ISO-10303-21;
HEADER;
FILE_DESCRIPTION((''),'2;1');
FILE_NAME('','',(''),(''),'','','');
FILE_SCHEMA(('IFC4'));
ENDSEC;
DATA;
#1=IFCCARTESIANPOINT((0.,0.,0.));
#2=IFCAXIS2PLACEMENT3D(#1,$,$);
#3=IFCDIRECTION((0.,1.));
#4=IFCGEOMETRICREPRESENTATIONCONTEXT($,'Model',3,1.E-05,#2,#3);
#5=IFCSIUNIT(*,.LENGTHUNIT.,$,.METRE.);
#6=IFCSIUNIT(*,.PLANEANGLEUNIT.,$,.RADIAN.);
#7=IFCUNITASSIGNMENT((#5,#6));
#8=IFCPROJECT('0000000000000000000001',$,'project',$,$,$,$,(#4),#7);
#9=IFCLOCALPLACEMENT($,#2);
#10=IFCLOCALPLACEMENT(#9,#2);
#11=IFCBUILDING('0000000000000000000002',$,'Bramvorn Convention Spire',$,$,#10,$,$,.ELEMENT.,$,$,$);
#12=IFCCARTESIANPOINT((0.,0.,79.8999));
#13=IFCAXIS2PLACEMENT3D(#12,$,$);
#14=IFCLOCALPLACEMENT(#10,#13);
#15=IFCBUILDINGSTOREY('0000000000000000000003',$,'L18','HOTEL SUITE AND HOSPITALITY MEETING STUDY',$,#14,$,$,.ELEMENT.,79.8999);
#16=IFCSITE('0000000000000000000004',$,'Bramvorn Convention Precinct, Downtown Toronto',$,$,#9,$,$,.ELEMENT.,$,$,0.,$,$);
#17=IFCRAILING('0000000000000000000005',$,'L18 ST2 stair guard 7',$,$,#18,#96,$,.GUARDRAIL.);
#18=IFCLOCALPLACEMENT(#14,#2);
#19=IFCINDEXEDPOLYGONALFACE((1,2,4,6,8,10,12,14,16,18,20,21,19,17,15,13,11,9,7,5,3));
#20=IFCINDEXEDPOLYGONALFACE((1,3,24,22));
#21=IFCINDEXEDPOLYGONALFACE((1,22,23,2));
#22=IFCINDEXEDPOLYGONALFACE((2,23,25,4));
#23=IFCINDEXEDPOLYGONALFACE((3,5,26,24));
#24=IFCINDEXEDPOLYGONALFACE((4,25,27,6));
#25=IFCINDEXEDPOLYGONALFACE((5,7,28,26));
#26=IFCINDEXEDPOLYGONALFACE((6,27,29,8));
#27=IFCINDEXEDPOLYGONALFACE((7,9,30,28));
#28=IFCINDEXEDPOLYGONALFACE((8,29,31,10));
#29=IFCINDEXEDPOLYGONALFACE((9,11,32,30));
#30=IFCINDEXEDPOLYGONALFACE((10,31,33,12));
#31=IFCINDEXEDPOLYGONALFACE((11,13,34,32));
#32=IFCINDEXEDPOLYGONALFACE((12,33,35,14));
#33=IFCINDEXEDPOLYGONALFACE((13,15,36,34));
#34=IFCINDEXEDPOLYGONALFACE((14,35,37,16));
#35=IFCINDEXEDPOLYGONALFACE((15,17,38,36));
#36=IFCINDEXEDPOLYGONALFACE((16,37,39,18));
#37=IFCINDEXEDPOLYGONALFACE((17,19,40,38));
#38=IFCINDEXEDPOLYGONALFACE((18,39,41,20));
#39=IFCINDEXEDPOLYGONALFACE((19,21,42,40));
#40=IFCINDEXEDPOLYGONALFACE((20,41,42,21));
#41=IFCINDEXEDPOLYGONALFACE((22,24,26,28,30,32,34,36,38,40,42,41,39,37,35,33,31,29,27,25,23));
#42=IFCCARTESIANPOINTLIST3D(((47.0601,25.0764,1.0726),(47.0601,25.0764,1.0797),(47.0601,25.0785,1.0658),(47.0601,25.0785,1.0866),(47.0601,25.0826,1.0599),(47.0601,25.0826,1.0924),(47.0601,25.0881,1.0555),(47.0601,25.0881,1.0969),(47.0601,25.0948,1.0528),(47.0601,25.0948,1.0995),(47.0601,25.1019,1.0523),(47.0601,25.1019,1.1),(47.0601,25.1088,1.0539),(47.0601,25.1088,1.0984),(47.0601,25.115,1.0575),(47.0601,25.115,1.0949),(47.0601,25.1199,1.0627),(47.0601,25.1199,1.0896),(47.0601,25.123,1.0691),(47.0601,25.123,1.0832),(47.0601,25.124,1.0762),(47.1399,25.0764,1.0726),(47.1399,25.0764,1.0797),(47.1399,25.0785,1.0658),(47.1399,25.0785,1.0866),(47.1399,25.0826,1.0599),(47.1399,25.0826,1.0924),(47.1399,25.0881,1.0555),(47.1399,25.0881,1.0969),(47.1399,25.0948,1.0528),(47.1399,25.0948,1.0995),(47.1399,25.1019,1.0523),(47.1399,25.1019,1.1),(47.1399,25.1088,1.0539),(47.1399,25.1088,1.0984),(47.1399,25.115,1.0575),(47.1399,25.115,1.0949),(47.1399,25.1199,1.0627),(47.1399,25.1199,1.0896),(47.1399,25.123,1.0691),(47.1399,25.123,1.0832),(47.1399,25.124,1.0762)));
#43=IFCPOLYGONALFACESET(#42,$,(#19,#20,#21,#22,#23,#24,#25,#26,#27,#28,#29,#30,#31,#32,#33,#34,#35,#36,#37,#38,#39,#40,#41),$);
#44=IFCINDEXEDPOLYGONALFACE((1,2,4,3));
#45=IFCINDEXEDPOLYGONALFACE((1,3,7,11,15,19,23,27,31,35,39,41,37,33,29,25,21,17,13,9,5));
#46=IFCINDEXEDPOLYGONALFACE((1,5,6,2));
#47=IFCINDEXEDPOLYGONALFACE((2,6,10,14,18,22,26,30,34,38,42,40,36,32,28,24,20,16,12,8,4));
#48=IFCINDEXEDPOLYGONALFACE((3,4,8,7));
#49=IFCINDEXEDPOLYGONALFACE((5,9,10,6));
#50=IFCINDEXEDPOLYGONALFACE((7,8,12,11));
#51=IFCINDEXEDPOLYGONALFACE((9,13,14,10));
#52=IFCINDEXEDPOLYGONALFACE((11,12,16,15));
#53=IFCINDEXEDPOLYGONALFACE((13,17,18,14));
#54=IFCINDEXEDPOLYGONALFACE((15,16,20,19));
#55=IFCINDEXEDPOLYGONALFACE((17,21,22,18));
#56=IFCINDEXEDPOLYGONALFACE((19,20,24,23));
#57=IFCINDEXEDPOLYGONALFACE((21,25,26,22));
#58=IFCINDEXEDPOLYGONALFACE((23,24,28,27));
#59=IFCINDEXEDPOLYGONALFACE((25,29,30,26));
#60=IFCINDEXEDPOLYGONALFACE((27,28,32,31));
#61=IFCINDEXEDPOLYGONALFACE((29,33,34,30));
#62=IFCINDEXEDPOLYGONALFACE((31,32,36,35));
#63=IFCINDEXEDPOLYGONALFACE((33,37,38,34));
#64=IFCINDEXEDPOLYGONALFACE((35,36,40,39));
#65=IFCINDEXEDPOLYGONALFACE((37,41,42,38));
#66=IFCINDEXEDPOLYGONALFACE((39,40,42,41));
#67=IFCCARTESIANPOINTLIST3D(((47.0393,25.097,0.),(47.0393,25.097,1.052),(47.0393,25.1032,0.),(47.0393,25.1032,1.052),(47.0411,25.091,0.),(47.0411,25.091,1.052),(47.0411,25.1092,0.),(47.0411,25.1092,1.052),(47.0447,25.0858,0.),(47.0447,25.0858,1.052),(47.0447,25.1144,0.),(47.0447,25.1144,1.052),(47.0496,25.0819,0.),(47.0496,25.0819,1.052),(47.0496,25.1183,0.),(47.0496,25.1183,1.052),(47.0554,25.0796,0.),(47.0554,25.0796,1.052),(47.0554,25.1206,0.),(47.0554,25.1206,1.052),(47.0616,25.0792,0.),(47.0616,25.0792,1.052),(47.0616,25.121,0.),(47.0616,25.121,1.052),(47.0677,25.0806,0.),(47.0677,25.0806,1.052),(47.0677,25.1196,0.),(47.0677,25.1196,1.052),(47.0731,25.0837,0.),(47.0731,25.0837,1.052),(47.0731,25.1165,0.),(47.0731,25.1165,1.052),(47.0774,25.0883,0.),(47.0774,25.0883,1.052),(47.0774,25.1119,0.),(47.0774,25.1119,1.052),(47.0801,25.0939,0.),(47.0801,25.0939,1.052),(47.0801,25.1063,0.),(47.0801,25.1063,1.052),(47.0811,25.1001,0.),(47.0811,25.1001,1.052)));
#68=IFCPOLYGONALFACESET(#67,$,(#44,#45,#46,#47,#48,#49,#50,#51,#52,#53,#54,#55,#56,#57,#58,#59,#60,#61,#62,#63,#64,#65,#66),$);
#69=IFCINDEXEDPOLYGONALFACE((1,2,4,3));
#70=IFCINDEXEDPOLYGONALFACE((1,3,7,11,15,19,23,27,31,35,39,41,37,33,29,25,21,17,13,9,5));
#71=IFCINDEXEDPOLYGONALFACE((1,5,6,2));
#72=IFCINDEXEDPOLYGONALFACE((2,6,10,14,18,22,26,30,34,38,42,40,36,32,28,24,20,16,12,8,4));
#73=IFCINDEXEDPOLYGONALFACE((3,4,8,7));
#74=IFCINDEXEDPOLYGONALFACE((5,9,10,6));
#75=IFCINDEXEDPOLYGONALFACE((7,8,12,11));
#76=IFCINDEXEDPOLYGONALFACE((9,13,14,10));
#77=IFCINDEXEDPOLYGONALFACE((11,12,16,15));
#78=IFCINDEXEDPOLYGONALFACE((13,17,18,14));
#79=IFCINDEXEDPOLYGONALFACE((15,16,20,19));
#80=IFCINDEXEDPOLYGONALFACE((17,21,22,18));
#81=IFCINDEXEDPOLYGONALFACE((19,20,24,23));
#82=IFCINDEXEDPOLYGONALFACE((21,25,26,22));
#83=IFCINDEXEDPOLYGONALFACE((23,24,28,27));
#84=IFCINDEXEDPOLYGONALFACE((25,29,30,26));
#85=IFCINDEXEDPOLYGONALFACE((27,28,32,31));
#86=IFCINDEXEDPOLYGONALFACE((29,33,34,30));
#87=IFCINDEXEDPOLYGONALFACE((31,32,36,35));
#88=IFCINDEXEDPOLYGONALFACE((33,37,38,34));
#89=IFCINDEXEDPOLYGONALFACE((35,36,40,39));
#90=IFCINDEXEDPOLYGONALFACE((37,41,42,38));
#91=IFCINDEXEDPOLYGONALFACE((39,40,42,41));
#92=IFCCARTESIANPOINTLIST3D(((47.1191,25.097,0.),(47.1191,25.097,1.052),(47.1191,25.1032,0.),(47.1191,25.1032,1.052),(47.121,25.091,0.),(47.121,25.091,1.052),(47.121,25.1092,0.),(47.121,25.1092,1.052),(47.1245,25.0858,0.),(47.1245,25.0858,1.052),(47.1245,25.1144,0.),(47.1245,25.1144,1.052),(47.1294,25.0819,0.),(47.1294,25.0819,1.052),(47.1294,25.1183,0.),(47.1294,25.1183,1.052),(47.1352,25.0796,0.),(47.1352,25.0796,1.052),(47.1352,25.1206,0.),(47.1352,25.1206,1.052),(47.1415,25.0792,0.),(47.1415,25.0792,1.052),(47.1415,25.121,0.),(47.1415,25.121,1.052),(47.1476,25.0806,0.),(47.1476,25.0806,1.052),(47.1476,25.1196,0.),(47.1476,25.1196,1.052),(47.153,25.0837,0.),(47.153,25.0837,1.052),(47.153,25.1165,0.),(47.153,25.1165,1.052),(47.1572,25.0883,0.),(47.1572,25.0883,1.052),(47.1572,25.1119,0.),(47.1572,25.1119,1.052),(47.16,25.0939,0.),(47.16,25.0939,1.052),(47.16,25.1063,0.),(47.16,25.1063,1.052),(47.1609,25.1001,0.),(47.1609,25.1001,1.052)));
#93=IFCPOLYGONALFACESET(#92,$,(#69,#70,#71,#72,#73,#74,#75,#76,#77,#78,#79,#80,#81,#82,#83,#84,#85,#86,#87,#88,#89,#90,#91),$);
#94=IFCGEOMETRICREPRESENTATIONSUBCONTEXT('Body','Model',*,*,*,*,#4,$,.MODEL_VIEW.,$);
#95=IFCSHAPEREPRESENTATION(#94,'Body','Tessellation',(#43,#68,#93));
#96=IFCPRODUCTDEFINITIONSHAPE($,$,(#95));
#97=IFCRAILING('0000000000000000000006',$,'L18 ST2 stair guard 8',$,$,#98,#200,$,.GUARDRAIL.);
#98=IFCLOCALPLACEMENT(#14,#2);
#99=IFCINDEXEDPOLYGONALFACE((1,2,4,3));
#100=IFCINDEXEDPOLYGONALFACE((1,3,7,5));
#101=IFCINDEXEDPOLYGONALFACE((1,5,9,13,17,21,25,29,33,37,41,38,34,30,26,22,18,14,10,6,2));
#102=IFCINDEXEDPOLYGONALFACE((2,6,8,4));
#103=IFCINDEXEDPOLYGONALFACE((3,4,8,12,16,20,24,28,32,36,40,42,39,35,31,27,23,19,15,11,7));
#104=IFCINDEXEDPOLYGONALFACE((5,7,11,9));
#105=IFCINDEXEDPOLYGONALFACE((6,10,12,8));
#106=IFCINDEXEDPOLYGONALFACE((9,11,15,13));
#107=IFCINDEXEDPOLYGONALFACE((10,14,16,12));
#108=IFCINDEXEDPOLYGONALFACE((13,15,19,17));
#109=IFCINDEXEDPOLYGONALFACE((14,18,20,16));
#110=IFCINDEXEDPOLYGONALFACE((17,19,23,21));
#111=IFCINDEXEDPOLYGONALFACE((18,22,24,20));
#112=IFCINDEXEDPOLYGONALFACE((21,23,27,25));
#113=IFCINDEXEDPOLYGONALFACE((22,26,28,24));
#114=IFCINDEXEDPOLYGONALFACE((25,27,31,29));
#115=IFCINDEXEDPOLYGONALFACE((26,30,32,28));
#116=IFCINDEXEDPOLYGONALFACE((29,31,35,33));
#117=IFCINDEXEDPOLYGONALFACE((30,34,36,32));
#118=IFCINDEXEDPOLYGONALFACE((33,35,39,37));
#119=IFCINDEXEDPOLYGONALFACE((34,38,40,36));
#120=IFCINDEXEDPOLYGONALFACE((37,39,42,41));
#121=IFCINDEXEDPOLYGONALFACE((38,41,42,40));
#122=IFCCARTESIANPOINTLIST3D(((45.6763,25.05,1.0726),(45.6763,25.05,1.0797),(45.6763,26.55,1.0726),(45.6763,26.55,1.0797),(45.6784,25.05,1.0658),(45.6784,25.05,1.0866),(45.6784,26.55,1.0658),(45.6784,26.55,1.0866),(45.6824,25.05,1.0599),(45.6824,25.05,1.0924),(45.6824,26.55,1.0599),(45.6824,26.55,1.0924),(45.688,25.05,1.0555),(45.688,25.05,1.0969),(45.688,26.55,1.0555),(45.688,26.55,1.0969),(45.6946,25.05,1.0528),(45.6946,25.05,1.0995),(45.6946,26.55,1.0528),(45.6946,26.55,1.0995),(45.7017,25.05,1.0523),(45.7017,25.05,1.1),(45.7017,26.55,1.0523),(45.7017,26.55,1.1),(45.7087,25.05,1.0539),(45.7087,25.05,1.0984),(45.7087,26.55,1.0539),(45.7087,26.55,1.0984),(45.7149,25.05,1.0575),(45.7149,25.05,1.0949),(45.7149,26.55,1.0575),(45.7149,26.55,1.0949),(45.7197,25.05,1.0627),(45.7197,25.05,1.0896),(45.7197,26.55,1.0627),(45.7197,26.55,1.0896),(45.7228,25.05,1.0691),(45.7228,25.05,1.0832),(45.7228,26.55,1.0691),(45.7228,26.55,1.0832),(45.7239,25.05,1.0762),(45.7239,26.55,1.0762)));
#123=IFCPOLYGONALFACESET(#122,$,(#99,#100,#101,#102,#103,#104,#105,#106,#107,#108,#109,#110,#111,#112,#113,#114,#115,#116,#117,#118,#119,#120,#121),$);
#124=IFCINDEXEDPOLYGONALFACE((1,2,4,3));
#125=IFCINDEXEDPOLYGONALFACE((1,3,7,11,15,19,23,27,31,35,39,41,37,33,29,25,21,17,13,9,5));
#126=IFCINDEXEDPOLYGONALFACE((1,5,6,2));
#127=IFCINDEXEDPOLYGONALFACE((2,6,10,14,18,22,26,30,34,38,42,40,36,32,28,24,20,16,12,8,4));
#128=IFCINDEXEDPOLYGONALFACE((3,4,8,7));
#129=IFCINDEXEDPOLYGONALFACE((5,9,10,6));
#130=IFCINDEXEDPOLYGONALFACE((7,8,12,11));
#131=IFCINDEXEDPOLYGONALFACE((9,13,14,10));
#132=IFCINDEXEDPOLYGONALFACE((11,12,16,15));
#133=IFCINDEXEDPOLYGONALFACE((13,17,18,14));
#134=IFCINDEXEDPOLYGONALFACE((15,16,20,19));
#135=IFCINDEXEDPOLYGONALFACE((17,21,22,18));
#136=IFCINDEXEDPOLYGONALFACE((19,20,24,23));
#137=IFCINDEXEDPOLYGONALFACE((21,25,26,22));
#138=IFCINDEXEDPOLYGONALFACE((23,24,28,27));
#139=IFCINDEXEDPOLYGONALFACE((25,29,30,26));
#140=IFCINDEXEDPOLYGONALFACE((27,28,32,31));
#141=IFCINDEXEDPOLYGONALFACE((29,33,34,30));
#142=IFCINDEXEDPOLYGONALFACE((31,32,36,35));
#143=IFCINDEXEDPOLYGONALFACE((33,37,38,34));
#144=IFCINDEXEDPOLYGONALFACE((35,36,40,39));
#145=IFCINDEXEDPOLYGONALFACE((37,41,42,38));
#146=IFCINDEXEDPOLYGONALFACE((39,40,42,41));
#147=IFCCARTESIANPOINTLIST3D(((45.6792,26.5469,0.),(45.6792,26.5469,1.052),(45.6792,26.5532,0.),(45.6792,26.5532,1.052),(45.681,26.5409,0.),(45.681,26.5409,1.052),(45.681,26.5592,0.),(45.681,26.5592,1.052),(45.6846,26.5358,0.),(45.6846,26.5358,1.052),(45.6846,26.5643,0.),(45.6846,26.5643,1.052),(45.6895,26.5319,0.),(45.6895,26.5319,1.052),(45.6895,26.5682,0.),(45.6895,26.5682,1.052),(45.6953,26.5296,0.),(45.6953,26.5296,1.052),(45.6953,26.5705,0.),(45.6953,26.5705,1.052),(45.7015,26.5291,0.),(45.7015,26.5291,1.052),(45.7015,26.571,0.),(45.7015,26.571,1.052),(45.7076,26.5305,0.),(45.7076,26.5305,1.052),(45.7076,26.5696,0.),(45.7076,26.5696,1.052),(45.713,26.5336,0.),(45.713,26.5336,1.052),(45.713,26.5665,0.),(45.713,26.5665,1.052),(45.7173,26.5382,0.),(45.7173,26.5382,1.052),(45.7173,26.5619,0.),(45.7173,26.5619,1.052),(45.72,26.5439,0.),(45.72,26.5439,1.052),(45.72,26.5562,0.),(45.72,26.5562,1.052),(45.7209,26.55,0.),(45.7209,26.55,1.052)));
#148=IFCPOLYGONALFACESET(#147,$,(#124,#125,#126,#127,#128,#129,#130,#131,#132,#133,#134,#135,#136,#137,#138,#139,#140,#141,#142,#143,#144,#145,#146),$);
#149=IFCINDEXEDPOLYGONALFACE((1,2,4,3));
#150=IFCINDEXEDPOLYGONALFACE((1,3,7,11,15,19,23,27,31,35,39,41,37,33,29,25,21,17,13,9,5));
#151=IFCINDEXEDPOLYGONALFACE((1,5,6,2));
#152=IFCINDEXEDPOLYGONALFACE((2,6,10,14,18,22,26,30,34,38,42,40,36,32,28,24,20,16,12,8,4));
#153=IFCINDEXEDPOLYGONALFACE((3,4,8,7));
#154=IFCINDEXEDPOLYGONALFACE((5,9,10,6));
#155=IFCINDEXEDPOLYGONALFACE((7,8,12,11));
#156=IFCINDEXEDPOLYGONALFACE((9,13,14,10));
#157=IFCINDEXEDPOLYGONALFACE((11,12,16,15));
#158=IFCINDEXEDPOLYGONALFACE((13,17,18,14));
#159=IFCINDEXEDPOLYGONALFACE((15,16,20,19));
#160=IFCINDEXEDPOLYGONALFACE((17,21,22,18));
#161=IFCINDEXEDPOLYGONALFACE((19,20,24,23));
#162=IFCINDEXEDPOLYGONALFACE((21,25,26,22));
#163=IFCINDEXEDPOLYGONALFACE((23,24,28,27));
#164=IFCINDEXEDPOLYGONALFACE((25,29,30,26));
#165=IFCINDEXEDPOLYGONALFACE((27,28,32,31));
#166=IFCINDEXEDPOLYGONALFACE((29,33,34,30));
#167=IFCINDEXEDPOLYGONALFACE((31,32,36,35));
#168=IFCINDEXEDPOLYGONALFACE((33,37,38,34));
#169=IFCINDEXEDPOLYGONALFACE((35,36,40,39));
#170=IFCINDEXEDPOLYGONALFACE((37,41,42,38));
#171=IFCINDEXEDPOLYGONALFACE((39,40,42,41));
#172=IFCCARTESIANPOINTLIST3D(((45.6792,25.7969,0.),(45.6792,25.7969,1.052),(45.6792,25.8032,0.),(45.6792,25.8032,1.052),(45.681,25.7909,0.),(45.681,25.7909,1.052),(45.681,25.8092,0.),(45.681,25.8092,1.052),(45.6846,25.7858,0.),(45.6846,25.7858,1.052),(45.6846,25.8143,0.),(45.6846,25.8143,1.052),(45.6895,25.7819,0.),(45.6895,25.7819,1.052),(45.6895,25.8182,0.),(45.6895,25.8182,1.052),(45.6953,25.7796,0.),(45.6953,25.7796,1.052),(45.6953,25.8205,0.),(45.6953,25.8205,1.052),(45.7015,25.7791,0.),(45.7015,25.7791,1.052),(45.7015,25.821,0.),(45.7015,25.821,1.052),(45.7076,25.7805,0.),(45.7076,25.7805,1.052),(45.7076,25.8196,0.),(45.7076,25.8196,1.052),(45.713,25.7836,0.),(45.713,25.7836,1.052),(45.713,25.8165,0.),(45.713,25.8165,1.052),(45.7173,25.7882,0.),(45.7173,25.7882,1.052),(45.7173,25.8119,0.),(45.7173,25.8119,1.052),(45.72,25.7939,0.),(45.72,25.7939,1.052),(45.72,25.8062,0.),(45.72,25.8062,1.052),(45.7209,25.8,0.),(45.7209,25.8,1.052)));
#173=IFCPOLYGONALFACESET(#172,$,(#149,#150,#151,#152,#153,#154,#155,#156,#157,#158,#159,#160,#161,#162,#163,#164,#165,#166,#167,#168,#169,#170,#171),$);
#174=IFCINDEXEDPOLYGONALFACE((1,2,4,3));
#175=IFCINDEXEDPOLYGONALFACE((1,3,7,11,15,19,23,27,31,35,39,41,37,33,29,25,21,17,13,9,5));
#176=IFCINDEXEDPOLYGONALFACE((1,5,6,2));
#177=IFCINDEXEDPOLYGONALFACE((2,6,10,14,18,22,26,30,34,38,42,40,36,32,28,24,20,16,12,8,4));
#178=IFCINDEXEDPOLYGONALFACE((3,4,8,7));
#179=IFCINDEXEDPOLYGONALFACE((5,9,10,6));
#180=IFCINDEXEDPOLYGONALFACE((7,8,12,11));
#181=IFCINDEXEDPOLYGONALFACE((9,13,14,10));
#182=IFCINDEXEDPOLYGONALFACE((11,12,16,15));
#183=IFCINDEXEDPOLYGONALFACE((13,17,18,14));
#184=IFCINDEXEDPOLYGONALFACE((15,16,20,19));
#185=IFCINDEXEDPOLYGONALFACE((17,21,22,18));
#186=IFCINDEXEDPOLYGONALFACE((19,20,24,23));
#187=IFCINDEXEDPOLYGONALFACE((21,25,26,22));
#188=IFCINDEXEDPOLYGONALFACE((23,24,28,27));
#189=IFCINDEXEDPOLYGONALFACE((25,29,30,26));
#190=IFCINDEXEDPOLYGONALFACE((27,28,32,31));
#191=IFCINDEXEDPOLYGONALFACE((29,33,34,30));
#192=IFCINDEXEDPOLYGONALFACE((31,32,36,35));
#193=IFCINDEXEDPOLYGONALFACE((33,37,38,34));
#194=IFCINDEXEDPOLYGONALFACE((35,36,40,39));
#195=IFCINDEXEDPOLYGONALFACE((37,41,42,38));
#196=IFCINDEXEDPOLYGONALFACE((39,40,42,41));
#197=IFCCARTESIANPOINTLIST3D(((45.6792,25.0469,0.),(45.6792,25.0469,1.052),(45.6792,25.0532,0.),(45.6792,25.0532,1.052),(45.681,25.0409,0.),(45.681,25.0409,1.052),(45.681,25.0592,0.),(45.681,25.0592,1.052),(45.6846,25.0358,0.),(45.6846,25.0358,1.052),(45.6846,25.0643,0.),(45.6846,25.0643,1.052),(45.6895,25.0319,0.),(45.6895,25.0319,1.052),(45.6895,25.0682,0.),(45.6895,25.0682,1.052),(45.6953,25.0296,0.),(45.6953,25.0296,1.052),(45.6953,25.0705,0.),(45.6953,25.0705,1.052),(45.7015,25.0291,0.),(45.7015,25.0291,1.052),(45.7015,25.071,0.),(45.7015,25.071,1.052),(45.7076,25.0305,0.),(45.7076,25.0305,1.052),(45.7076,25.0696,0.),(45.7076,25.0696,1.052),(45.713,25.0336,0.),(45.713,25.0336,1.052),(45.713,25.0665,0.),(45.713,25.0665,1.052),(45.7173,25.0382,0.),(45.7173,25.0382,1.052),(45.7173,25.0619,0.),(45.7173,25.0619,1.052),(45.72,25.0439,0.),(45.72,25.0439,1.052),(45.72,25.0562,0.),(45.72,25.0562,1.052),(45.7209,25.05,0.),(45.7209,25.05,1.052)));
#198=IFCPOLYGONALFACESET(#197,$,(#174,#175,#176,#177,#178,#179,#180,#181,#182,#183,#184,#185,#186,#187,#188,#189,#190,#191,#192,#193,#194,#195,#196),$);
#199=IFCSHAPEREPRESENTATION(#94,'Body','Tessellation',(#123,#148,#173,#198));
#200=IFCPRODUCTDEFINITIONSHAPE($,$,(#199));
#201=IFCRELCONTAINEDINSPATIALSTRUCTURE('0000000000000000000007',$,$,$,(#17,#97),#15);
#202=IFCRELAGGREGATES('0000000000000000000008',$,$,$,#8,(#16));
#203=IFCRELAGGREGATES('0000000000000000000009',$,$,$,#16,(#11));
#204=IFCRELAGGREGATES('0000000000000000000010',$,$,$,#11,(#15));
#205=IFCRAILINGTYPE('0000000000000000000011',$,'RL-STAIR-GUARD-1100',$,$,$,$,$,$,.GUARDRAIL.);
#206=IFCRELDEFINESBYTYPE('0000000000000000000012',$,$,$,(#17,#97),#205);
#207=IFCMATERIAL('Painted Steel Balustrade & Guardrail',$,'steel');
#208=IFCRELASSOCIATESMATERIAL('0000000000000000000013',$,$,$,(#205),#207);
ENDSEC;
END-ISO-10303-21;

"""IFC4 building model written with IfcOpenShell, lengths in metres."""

from ifc_helpers import new_model, si_unit, direction, frame, origin, origin_2d, place, context, subcontext, project, spatial, circle, extrude, material, type_object, element, save


model = new_model("IFC4")

# Units and contexts
model_context = context("Model", 3, precision=1e-05, world=origin(), true_north=direction((0.0, 1.0)))
body_context = subcontext(model_context, "Body", "Model", "MODEL_VIEW")
ifc_project = project(units=[si_unit("LENGTHUNIT", "METRE"), si_unit("PLANEANGLEUNIT", "RADIAN")], contexts=[model_context])

# Site, building, storey
site_placement = place(None, origin())
site = spatial("IfcSite", under=ifc_project, at=site_placement, Name="Bramvorn Convention Precinct, Downtown Toronto", CompositionType="ELEMENT", RefElevation=0.0)
building_placement = place(site_placement, origin())
building = spatial("IfcBuilding", under=site, at=building_placement, Name="Bramvorn Convention Spire", CompositionType="ELEMENT")
storey_placement = place(building_placement, frame((0.0, 0.0, 79.8999)))
storey = spatial("IfcBuildingStorey", under=building, at=storey_placement, Name="L18", Description="HOTEL SUITE AND HOSPITALITY MEETING STUDY", CompositionType="ELEMENT", Elevation=79.8999)

# Railings
ifc_material_1 = material(Name="Painted Steel Balustrade & Guardrail", Category="steel")
railing_type = type_object("IfcRailingType", Name="RL-STAIR-GUARD-1100", PredefinedType="GUARDRAIL", material=ifc_material_1)
railing_1_placement = place(storey_placement, frame((47.0601, 25.1001, 0.0)))
element("IfcRailing", 1, at=railing_1_placement, inside=storey, type_object=railing_type, Name="L18 ST2 stair guard 7", PredefinedType="GUARDRAIL", context=body_context, shape_type="SweptSolid", body=[
    extrude(circle(Radius=0.0239, at=origin_2d()), frame((0.0, 0.0, 1.0762), z_axis=(1.0, 0.0, 0.0), x_axis=(0.0, 1.0, 0.0)), (0.0, 0.0, 1.0), 0.0798),
    extrude(circle(Radius=0.021, at=origin_2d()), origin(), (0.0, 0.0, 1.0), 1.052),
    extrude(circle(Radius=0.021, at=origin_2d()), frame((0.0798, 0.0, 0.0)), (0.0, 0.0, 1.0), 1.052),
])
for number, where, name in (
    (2, (45.7, 26.55, 0.0), "L18 ST2 stair guard 8"),
):
    element("IfcRailing", number, at=place(storey_placement, frame(where)), inside=storey, type_object=railing_type, Name=name, PredefinedType="GUARDRAIL", context=body_context, shape_type="SweptSolid", body=[
        extrude(circle(Radius=0.0239, at=origin_2d()), frame((0.0, 0.0, 1.0762), z_axis=(0.0, -1.0, 0.0), x_axis=(1.0, 0.0, 0.0)), (0.0, 0.0, 1.0), 1.5),
        extrude(circle(Radius=0.021, at=origin_2d()), origin(), (0.0, 0.0, 1.0), 1.052),
        extrude(circle(Radius=0.021, at=origin_2d()), frame((0.0, -0.75, 0.0)), (0.0, 0.0, 1.0), 1.052),
        extrude(circle(Radius=0.021, at=origin_2d()), frame((0.0, -1.5, 0.0)), (0.0, 0.0, 1.0), 1.052),
    ])

save(model, "model.ifc")
